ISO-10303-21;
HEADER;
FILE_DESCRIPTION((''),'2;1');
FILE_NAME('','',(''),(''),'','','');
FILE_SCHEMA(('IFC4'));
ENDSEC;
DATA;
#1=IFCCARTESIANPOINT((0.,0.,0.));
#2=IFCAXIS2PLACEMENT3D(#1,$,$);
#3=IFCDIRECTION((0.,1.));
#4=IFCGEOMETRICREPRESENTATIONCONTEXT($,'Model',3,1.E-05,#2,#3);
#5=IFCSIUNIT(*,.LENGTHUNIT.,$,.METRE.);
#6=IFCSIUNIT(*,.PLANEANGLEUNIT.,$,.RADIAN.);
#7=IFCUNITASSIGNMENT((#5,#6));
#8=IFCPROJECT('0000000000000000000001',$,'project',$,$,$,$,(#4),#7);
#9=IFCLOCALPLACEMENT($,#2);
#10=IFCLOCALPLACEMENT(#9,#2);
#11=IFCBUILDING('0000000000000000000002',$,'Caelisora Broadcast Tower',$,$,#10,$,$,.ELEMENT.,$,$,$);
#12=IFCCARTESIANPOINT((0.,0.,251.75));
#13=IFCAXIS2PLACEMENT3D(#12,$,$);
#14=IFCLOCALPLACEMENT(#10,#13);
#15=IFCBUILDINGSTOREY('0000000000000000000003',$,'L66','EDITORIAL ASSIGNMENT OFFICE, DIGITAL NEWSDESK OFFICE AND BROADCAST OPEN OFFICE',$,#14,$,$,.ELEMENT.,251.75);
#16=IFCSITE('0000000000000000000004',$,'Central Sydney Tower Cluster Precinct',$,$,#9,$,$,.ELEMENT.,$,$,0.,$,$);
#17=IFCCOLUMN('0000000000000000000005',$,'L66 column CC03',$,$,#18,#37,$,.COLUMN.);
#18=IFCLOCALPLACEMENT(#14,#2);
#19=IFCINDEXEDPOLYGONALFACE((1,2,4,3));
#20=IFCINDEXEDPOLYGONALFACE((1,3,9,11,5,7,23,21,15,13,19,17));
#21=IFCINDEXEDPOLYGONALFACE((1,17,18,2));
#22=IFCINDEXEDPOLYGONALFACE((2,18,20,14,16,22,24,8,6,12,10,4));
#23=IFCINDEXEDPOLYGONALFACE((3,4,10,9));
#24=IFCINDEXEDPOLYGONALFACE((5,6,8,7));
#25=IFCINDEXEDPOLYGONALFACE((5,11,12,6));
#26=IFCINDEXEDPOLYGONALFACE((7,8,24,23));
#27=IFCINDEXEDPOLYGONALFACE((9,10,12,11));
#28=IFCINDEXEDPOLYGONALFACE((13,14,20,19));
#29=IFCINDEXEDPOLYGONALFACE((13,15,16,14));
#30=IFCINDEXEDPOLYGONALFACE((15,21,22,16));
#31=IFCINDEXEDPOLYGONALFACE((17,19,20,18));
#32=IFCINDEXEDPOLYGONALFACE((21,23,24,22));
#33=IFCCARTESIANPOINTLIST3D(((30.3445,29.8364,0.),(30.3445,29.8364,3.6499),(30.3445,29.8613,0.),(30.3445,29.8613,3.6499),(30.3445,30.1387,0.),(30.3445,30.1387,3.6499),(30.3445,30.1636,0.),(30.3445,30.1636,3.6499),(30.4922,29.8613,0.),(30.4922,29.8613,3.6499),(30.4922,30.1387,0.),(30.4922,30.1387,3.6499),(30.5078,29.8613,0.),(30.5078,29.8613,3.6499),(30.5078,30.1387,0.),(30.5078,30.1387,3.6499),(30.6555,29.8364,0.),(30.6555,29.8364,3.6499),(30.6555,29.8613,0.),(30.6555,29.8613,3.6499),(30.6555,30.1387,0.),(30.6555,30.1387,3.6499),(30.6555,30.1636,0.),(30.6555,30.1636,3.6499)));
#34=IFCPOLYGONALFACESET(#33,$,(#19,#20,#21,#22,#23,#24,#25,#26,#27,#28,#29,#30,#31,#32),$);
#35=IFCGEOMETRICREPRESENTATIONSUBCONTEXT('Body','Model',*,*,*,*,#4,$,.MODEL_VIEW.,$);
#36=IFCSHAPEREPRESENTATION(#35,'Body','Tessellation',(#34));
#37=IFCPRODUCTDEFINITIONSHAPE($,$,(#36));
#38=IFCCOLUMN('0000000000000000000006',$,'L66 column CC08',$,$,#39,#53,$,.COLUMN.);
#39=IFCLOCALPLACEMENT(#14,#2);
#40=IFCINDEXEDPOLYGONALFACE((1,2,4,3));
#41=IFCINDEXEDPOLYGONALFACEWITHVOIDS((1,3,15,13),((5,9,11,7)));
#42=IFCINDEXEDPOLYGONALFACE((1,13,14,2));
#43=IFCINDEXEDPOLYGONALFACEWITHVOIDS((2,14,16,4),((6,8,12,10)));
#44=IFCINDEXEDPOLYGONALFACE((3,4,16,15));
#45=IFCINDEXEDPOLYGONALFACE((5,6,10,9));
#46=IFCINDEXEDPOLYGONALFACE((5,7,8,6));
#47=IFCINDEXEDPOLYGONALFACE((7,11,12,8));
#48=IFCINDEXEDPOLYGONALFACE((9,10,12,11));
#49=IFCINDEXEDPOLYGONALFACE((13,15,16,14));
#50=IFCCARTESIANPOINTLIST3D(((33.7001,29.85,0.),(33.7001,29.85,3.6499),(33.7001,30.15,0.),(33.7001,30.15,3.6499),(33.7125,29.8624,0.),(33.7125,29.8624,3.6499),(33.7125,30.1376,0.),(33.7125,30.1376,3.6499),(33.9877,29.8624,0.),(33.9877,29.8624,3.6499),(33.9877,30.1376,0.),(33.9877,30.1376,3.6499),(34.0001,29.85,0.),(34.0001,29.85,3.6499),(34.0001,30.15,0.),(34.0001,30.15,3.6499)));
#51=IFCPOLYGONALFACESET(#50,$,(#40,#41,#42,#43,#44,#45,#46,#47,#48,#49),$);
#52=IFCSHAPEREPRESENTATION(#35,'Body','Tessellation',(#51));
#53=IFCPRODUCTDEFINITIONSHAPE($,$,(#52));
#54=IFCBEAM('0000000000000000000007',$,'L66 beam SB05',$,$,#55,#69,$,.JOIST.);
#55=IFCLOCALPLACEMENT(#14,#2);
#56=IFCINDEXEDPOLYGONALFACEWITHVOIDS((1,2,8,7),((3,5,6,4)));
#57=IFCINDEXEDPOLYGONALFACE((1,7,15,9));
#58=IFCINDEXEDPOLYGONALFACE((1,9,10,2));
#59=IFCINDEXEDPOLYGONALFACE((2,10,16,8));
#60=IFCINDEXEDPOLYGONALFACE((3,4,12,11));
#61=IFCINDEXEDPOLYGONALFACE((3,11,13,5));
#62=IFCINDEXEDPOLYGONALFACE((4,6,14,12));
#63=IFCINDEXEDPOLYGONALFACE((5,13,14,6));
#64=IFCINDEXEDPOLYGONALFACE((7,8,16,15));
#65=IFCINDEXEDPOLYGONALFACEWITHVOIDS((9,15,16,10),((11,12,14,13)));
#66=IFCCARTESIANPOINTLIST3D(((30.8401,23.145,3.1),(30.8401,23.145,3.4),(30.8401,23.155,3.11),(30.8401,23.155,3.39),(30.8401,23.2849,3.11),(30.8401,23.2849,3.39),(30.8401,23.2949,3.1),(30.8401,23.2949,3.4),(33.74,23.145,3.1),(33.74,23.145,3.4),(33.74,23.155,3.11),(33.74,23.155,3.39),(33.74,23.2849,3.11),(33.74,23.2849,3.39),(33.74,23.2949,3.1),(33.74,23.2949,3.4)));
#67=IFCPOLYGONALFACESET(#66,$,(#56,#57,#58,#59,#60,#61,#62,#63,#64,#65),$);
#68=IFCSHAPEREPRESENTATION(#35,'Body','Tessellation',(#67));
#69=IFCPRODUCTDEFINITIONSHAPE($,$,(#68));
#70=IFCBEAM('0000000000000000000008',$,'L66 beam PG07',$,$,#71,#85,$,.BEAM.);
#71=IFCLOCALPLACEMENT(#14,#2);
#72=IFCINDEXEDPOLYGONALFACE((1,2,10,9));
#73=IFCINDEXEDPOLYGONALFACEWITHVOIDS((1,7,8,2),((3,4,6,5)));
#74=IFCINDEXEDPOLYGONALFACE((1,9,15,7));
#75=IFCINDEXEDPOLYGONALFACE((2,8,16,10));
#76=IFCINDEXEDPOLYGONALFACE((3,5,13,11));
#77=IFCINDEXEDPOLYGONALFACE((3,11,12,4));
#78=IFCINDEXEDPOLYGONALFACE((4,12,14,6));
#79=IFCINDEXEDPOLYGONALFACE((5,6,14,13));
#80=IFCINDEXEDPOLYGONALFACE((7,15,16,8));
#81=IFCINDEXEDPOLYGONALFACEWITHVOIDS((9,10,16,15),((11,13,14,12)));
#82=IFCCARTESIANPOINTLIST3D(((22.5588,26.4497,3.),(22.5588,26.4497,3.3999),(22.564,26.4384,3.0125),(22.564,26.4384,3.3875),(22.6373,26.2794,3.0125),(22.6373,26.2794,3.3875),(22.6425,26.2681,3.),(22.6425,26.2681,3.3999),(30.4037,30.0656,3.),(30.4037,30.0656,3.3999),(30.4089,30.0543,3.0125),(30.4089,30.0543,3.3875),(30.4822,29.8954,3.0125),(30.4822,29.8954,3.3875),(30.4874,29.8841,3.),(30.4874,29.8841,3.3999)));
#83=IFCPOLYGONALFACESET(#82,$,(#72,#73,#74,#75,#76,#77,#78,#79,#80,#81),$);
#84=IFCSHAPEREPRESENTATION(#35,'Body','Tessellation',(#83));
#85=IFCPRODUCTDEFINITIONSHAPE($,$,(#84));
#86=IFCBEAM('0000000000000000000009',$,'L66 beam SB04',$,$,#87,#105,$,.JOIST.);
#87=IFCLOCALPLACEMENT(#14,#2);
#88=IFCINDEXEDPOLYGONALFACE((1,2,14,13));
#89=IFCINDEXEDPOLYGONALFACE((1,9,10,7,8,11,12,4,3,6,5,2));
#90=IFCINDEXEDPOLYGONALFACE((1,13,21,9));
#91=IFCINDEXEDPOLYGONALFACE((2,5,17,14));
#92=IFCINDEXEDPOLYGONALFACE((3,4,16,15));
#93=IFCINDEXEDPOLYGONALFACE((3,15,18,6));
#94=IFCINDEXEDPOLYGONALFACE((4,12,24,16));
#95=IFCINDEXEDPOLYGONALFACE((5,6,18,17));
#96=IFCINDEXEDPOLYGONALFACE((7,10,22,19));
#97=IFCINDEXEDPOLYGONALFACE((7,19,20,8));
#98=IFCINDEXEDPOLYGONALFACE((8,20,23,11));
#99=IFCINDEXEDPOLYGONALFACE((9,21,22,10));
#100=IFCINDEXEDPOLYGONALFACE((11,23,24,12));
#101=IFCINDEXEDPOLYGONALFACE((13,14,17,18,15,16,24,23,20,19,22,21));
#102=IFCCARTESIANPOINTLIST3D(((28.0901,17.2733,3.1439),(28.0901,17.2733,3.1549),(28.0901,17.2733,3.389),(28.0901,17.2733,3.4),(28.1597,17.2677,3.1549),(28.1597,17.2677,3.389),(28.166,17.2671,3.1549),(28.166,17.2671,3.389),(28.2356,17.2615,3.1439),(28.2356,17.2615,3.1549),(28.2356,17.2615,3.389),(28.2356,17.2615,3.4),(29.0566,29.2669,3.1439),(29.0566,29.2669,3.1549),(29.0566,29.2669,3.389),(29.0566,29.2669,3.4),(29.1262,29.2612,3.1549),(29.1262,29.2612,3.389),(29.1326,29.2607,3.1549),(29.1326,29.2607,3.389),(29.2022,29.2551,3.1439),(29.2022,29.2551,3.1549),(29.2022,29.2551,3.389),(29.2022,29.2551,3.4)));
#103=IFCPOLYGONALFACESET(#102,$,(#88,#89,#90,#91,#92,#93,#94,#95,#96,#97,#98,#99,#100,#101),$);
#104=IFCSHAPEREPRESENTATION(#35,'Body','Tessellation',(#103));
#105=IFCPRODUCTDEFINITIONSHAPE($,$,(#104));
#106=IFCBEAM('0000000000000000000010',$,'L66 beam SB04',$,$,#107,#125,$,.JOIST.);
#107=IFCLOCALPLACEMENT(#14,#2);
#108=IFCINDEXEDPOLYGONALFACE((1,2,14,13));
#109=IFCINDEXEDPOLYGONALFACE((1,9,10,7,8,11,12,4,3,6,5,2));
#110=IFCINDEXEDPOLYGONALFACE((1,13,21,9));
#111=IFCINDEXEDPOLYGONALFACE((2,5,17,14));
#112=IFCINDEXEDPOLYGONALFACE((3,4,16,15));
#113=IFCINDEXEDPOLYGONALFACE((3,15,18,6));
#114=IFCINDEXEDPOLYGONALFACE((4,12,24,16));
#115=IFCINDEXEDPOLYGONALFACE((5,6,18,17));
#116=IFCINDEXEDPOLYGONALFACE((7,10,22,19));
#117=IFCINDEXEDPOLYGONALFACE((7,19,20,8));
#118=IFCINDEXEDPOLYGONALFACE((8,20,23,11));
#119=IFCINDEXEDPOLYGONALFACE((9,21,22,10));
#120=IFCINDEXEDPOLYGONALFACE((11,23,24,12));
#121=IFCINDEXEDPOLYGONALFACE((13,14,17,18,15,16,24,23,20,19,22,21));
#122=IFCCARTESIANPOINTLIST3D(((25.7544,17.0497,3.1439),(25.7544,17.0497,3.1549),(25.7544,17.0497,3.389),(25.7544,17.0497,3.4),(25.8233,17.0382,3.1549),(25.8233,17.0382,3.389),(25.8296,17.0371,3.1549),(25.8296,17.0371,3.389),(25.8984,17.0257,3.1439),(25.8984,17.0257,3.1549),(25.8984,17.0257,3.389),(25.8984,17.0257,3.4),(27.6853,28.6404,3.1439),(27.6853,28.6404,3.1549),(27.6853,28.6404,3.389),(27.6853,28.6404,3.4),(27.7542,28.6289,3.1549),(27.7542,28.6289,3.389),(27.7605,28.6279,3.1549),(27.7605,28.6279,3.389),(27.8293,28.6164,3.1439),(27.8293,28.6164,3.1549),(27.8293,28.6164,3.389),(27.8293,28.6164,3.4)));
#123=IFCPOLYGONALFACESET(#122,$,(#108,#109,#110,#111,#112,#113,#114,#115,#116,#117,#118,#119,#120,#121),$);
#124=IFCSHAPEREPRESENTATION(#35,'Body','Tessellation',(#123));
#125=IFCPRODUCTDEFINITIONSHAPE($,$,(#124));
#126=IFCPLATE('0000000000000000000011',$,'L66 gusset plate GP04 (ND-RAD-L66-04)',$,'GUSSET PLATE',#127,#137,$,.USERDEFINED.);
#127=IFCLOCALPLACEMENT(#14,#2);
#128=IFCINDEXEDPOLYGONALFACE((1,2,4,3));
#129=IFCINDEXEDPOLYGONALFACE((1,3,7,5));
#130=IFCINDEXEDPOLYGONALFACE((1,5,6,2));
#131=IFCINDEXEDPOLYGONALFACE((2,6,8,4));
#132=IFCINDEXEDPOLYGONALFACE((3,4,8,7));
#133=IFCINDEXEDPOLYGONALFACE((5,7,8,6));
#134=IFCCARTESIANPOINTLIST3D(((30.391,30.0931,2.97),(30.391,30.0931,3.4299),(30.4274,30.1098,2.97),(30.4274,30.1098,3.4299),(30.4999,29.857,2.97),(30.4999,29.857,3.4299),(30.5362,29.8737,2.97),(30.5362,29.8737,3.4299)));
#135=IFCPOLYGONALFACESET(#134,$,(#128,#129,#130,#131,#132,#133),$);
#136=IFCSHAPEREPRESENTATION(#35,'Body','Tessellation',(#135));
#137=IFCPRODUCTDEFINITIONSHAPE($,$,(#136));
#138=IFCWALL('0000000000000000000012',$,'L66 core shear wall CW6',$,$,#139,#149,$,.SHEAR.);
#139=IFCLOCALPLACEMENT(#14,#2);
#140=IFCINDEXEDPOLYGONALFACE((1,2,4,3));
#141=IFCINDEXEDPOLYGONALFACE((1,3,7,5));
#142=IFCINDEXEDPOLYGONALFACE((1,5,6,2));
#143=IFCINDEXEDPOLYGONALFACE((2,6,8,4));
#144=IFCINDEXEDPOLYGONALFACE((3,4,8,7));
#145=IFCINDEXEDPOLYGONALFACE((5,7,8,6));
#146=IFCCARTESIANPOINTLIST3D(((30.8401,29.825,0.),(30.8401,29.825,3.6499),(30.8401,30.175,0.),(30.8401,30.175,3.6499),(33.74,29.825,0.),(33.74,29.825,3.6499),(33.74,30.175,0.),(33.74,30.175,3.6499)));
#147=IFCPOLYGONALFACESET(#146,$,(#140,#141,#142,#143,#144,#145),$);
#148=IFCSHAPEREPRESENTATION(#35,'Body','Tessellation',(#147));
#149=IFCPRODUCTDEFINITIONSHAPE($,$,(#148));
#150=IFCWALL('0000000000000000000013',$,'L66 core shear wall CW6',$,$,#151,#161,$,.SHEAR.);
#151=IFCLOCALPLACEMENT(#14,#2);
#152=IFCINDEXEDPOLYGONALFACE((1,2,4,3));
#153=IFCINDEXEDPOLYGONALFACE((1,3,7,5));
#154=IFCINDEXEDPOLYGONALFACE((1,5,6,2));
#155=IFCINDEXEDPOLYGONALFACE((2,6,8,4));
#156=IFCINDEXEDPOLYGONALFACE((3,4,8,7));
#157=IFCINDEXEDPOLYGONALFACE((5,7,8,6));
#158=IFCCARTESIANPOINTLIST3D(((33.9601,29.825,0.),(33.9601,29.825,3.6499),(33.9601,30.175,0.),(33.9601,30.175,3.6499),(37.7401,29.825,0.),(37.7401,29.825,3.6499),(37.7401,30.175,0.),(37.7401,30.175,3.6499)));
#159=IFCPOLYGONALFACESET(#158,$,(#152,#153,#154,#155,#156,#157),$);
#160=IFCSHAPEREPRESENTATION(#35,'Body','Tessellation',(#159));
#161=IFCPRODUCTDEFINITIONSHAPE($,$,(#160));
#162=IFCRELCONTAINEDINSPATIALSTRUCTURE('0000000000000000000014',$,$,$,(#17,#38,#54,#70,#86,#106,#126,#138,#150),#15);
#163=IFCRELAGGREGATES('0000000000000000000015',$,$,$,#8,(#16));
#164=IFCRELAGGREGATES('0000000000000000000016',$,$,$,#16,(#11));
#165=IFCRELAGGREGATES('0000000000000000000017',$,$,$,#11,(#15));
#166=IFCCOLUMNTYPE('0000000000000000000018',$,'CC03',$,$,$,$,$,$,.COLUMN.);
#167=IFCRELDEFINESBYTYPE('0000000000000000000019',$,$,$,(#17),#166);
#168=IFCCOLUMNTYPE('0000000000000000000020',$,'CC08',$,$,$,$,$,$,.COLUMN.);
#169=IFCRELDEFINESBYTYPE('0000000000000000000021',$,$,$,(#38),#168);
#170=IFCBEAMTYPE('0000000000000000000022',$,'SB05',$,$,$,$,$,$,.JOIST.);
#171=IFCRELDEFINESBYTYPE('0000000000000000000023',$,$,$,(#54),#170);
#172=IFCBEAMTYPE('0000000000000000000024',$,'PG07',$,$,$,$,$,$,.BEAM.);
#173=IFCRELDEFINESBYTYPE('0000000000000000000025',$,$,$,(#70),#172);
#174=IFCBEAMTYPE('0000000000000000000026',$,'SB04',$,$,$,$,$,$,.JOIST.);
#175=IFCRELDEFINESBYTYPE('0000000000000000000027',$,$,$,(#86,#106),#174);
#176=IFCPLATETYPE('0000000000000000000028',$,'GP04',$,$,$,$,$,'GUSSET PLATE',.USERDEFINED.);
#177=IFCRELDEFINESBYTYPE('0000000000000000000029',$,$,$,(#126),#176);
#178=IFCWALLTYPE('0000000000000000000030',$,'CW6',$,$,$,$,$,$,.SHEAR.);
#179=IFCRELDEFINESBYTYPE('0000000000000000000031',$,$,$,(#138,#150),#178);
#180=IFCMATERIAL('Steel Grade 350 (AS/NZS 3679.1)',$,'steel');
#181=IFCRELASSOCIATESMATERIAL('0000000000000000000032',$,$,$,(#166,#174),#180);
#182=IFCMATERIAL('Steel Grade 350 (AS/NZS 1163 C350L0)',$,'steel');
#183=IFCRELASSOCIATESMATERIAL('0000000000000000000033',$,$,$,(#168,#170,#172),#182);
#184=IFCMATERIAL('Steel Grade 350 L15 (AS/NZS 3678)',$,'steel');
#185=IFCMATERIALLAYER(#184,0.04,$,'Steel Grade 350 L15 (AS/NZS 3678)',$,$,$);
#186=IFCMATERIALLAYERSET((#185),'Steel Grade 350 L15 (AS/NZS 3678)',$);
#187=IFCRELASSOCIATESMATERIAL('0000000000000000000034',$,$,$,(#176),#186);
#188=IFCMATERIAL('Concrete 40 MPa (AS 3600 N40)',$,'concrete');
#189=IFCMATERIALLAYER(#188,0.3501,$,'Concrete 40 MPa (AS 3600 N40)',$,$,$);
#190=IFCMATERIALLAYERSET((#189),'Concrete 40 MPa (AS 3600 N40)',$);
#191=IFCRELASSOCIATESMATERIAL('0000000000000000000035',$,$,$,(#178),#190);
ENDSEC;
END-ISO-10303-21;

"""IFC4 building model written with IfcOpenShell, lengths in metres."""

from ifc_helpers import new_model, si_unit, direction, frame, frame_2d, origin, origin_2d, place, context, subcontext, project, spatial, rectangle, hollow_rectangle, i_section, extrude, source, transform, mapped, material, layer, layer_set, material_profile, profile_set, type_object, type_shapes, element, save


model = new_model("IFC4")

# Units and contexts
model_context = context("Model", 3, precision=1e-05, world=origin(), true_north=direction((0.0, 1.0)))
body_context = subcontext(model_context, "Body", "Model", "MODEL_VIEW")
ifc_project = project(units=[si_unit("LENGTHUNIT", "METRE"), si_unit("PLANEANGLEUNIT", "RADIAN")], contexts=[model_context])

# Site, building, storey
site_placement = place(None, origin())
site = spatial("IfcSite", under=ifc_project, at=site_placement, Name="Central Sydney Tower Cluster Precinct", CompositionType="ELEMENT", RefElevation=0.0)
building_placement = place(site_placement, origin())
building = spatial("IfcBuilding", under=site, at=building_placement, Name="Caelisora Broadcast Tower", CompositionType="ELEMENT")
storey_placement = place(building_placement, frame((0.0, 0.0, 251.75)))
storey = spatial("IfcBuildingStorey", under=building, at=storey_placement, Name="L66", Description="EDITORIAL ASSIGNMENT OFFICE, DIGITAL NEWSDESK OFFICE AND BROADCAST OPEN OFFICE", CompositionType="ELEMENT", Elevation=251.75)

# Columns
ifc_material_1 = material(Name="Steel Grade 350 (AS/NZS 3679.1)", Category="steel")
ifc_material_profile_1 = material_profile(ifc_material_1, i_section(OverallWidth=0.311, OverallDepth=0.3271, WebThickness=0.0156, FlangeThickness=0.0249, at=origin_2d()), Name="Steel Grade 350 (AS/NZS 3679.1)")
ifc_profile_set_1 = profile_set([ifc_material_profile_1], Name="Steel Grade 350 (AS/NZS 3679.1)")
column_type_1 = type_object("IfcColumnType", Name="CC03", PredefinedType="COLUMN", material=ifc_profile_set_1)
shared_shape_1 = source(origin(), body_context, "Body", "SweptSolid", [
    extrude(i_section(OverallWidth=0.311, OverallDepth=0.3271, WebThickness=0.0156, FlangeThickness=0.0249, at=origin_2d()), origin(), (0.0, 0.0, 1.0), 3.6499),
])
type_shapes(column_type_1, [shared_shape_1])
column_1_placement = place(storey_placement, frame((30.5, 30.0, 0.0), z_axis=(0.0, 0.0, 1.0), x_axis=(1.0, 0.0, 0.0)))
element("IfcColumn", 1, at=column_1_placement, inside=storey, type_object=column_type_1, Name="L66 column CC03", PredefinedType="COLUMN", context=body_context, shape_type="MappedRepresentation", body=[
    mapped(shared_shape_1, transform((0.0, 0.0, 0.0), scale=1.0)),
])
ifc_material_2 = material(Name="Steel Grade 350 (AS/NZS 1163 C350L0)", Category="steel")
ifc_material_profile_2 = material_profile(ifc_material_2, hollow_rectangle(XDim=0.3, YDim=0.3, WallThickness=0.0125, at=origin_2d()), Name="Steel Grade 350 (AS/NZS 1163 C350L0)")
ifc_profile_set_2 = profile_set([ifc_material_profile_2], Name="Steel Grade 350 (AS/NZS 1163 C350L0)")
column_type_2 = type_object("IfcColumnType", Name="CC08", PredefinedType="COLUMN", material=ifc_profile_set_2)
shared_shape_2 = source(origin(), body_context, "Body", "SweptSolid", [
    extrude(hollow_rectangle(XDim=0.3, YDim=0.3, WallThickness=0.0125, at=origin_2d()), origin(), (0.0, 0.0, 1.0), 3.6499),
])
type_shapes(column_type_2, [shared_shape_2])
column_2_placement = place(storey_placement, frame((33.8501, 30.0, 0.0), z_axis=(0.0, 0.0, 1.0), x_axis=(1.0, 0.0, 0.0)))
element("IfcColumn", 2, at=column_2_placement, inside=storey, type_object=column_type_2, Name="L66 column CC08", PredefinedType="COLUMN", context=body_context, shape_type="MappedRepresentation", body=[
    mapped(shared_shape_2, transform((0.0, 0.0, 0.0), scale=1.0)),
])

# Beams
ifc_material_profile_3 = material_profile(ifc_material_2, hollow_rectangle(XDim=0.1499, YDim=0.3, WallThickness=0.01, at=origin_2d()), Name="Steel Grade 350 (AS/NZS 1163 C350L0)")
ifc_profile_set_3 = profile_set([ifc_material_profile_3], Name="Steel Grade 350 (AS/NZS 1163 C350L0)")
beam_type_1 = type_object("IfcBeamType", Name="SB05", PredefinedType="JOIST", material=ifc_profile_set_3)
shared_shape_3 = source(origin(), body_context, "Body", "SweptSolid", [
    extrude(hollow_rectangle(XDim=0.1499, YDim=0.3, WallThickness=0.01, at=origin_2d()), origin(), (0.0, 0.0, 1.0), 2.8999),
])
type_shapes(beam_type_1, [shared_shape_3])
beam_1_placement = place(storey_placement, frame((30.8401, 23.22, 3.25), z_axis=(1.0, 0.0, 0.0), x_axis=(0.0, 1.0, 0.0)))
element("IfcBeam", 3, at=beam_1_placement, inside=storey, type_object=beam_type_1, Name="L66 beam SB05", PredefinedType="JOIST", context=body_context, shape_type="MappedRepresentation", body=[
    mapped(shared_shape_3, transform((0.0, 0.0, 0.0), scale=1.0)),
])
ifc_material_profile_4 = material_profile(ifc_material_2, hollow_rectangle(XDim=0.2, YDim=0.3999, WallThickness=0.0125, at=origin_2d()), Name="Steel Grade 350 (AS/NZS 1163 C350L0)")
ifc_profile_set_4 = profile_set([ifc_material_profile_4], Name="Steel Grade 350 (AS/NZS 1163 C350L0)")
beam_type_2 = type_object("IfcBeamType", Name="PG07", PredefinedType="BEAM", material=ifc_profile_set_4)
shared_shape_4 = source(origin(), body_context, "Body", "SweptSolid", [
    extrude(hollow_rectangle(XDim=0.2, YDim=0.3999, WallThickness=0.0125, at=origin_2d()), origin(), (0.0, 0.0, 1.0), 8.6382),
])
type_shapes(beam_type_2, [shared_shape_4])
beam_2_placement = place(storey_placement, frame((30.4456, 29.9749, 3.2), z_axis=(-0.90817, -0.418601, 0.0), x_axis=(0.418601, -0.90817, 0.0)))
element("IfcBeam", 4, at=beam_2_placement, inside=storey, type_object=beam_type_2, Name="L66 beam PG07", PredefinedType="BEAM", context=body_context, shape_type="MappedRepresentation", body=[
    mapped(shared_shape_4, transform((0.0, 0.0, 0.0), scale=1.0)),
])
ifc_material_profile_5 = material_profile(ifc_material_1, i_section(OverallWidth=0.146, OverallDepth=0.2561, WebThickness=0.0063, FlangeThickness=0.011, at=origin_2d()), Name="Steel Grade 350 (AS/NZS 3679.1)")
ifc_profile_set_5 = profile_set([ifc_material_profile_5], Name="Steel Grade 350 (AS/NZS 3679.1)")
beam_type_3 = type_object("IfcBeamType", Name="SB04", PredefinedType="JOIST", material=ifc_profile_set_5)
shared_shape_5 = source(origin(), body_context, "Body", "SweptSolid", [
    extrude(i_section(OverallWidth=0.146, OverallDepth=0.2561, WebThickness=0.0063, FlangeThickness=0.011, at=origin_2d()), origin(), (0.0, 0.0, 1.0), 12.0325),
])
beam_3_placement = place(storey_placement, frame((29.1294, 29.261, 3.272), z_axis=(-0.080328, -0.996768, 0.0), x_axis=(0.996768, -0.080328, 0.0)))
element("IfcBeam", 5, at=beam_3_placement, inside=storey, type_object=beam_type_3, Name="L66 beam SB04", PredefinedType="JOIST", context=body_context, shape_type="MappedRepresentation", body=[
    mapped(shared_shape_5, transform((0.0, 0.0, 0.0), scale=1.0)),
])
shared_shape_6 = source(origin(), body_context, "Body", "SweptSolid", [
    extrude(i_section(OverallWidth=0.146, OverallDepth=0.2561, WebThickness=0.0063, FlangeThickness=0.011, at=origin_2d()), origin(), (0.0, 0.0, 1.0), 11.7505),
])
type_shapes(beam_type_3, [shared_shape_5, shared_shape_6])
beam_4_placement = place(storey_placement, frame((27.7573, 28.6284, 3.272), z_axis=(-0.164325, -0.986406, 0.0), x_axis=(0.986406, -0.164325, 0.0)))
element("IfcBeam", 6, at=beam_4_placement, inside=storey, type_object=beam_type_3, Name="L66 beam SB04", PredefinedType="JOIST", context=body_context, shape_type="MappedRepresentation", body=[
    mapped(shared_shape_6, transform((0.0, 0.0, 0.0), scale=1.0)),
])

# Plate
ifc_material_3 = material(Name="Steel Grade 350 L15 (AS/NZS 3678)", Category="steel")
ifc_layer_1 = layer(ifc_material_3, 0.04, Name="Steel Grade 350 L15 (AS/NZS 3678)")
ifc_layer_set_1 = layer_set([ifc_layer_1], Name="Steel Grade 350 L15 (AS/NZS 3678)")
plate_type = type_object("IfcPlateType", Name="GP04", ElementType="GUSSET PLATE", PredefinedType="USERDEFINED", material=ifc_layer_set_1)
shared_shape_7 = source(origin(), body_context, "Body", "SweptSolid", [
    extrude(rectangle(XDim=0.26, YDim=0.04, at=origin_2d()), origin(), (0.0, 0.0, 1.0), 0.46),
])
type_shapes(plate_type, [shared_shape_7])
plate_placement = place(storey_placement, frame((30.4636, 29.9834, 2.97), z_axis=(0.0, 0.0, 1.0), x_axis=(0.41866, -0.908143, 0.0)))
element("IfcPlate", 7, at=plate_placement, inside=storey, type_object=plate_type, Name="L66 gusset plate GP04 (ND-RAD-L66-04)", ObjectType="GUSSET PLATE", PredefinedType="USERDEFINED", context=body_context, shape_type="MappedRepresentation", body=[
    mapped(shared_shape_7, transform((0.0, 0.0, 0.0), scale=1.0)),
])

# Walls
ifc_material_4 = material(Name="Concrete 40 MPa (AS 3600 N40)", Category="concrete")
ifc_layer_2 = layer(ifc_material_4, 0.3501, Name="Concrete 40 MPa (AS 3600 N40)")
ifc_layer_set_2 = layer_set([ifc_layer_2], Name="Concrete 40 MPa (AS 3600 N40)")
wall_type_1 = type_object("IfcWallType", Name="CW6", PredefinedType="SHEAR", material=ifc_layer_set_2)
wall_1_placement = place(storey_placement, frame((30.8401, 30.0, 0.0), z_axis=(0.0, 0.0, 1.0), x_axis=(1.0, 0.0, 0.0)))
element("IfcWall", 8, at=wall_1_placement, inside=storey, type_object=wall_type_1, Name="L66 core shear wall CW6", PredefinedType="SHEAR", context=body_context, shape_type="SweptSolid", body=[
    extrude(rectangle(XDim=2.8999, YDim=0.3501, at=frame_2d((1.45, 0.0))), origin(), (0.0, 0.0, 1.0), 3.6499),
])
wall_2_placement = place(storey_placement, frame((33.96, 30.0, 0.0), z_axis=(0.0, 0.0, 1.0), x_axis=(1.0, 0.0, 0.0)))
element("IfcWall", 9, at=wall_2_placement, inside=storey, type_object=wall_type_1, Name="L66 core shear wall CW6", PredefinedType="SHEAR", context=body_context, shape_type="SweptSolid", body=[
    extrude(rectangle(XDim=3.78, YDim=0.3501, at=frame_2d((1.8901, 0.0))), origin(), (0.0, 0.0, 1.0), 3.6499),
])

save(model, "model.ifc")
